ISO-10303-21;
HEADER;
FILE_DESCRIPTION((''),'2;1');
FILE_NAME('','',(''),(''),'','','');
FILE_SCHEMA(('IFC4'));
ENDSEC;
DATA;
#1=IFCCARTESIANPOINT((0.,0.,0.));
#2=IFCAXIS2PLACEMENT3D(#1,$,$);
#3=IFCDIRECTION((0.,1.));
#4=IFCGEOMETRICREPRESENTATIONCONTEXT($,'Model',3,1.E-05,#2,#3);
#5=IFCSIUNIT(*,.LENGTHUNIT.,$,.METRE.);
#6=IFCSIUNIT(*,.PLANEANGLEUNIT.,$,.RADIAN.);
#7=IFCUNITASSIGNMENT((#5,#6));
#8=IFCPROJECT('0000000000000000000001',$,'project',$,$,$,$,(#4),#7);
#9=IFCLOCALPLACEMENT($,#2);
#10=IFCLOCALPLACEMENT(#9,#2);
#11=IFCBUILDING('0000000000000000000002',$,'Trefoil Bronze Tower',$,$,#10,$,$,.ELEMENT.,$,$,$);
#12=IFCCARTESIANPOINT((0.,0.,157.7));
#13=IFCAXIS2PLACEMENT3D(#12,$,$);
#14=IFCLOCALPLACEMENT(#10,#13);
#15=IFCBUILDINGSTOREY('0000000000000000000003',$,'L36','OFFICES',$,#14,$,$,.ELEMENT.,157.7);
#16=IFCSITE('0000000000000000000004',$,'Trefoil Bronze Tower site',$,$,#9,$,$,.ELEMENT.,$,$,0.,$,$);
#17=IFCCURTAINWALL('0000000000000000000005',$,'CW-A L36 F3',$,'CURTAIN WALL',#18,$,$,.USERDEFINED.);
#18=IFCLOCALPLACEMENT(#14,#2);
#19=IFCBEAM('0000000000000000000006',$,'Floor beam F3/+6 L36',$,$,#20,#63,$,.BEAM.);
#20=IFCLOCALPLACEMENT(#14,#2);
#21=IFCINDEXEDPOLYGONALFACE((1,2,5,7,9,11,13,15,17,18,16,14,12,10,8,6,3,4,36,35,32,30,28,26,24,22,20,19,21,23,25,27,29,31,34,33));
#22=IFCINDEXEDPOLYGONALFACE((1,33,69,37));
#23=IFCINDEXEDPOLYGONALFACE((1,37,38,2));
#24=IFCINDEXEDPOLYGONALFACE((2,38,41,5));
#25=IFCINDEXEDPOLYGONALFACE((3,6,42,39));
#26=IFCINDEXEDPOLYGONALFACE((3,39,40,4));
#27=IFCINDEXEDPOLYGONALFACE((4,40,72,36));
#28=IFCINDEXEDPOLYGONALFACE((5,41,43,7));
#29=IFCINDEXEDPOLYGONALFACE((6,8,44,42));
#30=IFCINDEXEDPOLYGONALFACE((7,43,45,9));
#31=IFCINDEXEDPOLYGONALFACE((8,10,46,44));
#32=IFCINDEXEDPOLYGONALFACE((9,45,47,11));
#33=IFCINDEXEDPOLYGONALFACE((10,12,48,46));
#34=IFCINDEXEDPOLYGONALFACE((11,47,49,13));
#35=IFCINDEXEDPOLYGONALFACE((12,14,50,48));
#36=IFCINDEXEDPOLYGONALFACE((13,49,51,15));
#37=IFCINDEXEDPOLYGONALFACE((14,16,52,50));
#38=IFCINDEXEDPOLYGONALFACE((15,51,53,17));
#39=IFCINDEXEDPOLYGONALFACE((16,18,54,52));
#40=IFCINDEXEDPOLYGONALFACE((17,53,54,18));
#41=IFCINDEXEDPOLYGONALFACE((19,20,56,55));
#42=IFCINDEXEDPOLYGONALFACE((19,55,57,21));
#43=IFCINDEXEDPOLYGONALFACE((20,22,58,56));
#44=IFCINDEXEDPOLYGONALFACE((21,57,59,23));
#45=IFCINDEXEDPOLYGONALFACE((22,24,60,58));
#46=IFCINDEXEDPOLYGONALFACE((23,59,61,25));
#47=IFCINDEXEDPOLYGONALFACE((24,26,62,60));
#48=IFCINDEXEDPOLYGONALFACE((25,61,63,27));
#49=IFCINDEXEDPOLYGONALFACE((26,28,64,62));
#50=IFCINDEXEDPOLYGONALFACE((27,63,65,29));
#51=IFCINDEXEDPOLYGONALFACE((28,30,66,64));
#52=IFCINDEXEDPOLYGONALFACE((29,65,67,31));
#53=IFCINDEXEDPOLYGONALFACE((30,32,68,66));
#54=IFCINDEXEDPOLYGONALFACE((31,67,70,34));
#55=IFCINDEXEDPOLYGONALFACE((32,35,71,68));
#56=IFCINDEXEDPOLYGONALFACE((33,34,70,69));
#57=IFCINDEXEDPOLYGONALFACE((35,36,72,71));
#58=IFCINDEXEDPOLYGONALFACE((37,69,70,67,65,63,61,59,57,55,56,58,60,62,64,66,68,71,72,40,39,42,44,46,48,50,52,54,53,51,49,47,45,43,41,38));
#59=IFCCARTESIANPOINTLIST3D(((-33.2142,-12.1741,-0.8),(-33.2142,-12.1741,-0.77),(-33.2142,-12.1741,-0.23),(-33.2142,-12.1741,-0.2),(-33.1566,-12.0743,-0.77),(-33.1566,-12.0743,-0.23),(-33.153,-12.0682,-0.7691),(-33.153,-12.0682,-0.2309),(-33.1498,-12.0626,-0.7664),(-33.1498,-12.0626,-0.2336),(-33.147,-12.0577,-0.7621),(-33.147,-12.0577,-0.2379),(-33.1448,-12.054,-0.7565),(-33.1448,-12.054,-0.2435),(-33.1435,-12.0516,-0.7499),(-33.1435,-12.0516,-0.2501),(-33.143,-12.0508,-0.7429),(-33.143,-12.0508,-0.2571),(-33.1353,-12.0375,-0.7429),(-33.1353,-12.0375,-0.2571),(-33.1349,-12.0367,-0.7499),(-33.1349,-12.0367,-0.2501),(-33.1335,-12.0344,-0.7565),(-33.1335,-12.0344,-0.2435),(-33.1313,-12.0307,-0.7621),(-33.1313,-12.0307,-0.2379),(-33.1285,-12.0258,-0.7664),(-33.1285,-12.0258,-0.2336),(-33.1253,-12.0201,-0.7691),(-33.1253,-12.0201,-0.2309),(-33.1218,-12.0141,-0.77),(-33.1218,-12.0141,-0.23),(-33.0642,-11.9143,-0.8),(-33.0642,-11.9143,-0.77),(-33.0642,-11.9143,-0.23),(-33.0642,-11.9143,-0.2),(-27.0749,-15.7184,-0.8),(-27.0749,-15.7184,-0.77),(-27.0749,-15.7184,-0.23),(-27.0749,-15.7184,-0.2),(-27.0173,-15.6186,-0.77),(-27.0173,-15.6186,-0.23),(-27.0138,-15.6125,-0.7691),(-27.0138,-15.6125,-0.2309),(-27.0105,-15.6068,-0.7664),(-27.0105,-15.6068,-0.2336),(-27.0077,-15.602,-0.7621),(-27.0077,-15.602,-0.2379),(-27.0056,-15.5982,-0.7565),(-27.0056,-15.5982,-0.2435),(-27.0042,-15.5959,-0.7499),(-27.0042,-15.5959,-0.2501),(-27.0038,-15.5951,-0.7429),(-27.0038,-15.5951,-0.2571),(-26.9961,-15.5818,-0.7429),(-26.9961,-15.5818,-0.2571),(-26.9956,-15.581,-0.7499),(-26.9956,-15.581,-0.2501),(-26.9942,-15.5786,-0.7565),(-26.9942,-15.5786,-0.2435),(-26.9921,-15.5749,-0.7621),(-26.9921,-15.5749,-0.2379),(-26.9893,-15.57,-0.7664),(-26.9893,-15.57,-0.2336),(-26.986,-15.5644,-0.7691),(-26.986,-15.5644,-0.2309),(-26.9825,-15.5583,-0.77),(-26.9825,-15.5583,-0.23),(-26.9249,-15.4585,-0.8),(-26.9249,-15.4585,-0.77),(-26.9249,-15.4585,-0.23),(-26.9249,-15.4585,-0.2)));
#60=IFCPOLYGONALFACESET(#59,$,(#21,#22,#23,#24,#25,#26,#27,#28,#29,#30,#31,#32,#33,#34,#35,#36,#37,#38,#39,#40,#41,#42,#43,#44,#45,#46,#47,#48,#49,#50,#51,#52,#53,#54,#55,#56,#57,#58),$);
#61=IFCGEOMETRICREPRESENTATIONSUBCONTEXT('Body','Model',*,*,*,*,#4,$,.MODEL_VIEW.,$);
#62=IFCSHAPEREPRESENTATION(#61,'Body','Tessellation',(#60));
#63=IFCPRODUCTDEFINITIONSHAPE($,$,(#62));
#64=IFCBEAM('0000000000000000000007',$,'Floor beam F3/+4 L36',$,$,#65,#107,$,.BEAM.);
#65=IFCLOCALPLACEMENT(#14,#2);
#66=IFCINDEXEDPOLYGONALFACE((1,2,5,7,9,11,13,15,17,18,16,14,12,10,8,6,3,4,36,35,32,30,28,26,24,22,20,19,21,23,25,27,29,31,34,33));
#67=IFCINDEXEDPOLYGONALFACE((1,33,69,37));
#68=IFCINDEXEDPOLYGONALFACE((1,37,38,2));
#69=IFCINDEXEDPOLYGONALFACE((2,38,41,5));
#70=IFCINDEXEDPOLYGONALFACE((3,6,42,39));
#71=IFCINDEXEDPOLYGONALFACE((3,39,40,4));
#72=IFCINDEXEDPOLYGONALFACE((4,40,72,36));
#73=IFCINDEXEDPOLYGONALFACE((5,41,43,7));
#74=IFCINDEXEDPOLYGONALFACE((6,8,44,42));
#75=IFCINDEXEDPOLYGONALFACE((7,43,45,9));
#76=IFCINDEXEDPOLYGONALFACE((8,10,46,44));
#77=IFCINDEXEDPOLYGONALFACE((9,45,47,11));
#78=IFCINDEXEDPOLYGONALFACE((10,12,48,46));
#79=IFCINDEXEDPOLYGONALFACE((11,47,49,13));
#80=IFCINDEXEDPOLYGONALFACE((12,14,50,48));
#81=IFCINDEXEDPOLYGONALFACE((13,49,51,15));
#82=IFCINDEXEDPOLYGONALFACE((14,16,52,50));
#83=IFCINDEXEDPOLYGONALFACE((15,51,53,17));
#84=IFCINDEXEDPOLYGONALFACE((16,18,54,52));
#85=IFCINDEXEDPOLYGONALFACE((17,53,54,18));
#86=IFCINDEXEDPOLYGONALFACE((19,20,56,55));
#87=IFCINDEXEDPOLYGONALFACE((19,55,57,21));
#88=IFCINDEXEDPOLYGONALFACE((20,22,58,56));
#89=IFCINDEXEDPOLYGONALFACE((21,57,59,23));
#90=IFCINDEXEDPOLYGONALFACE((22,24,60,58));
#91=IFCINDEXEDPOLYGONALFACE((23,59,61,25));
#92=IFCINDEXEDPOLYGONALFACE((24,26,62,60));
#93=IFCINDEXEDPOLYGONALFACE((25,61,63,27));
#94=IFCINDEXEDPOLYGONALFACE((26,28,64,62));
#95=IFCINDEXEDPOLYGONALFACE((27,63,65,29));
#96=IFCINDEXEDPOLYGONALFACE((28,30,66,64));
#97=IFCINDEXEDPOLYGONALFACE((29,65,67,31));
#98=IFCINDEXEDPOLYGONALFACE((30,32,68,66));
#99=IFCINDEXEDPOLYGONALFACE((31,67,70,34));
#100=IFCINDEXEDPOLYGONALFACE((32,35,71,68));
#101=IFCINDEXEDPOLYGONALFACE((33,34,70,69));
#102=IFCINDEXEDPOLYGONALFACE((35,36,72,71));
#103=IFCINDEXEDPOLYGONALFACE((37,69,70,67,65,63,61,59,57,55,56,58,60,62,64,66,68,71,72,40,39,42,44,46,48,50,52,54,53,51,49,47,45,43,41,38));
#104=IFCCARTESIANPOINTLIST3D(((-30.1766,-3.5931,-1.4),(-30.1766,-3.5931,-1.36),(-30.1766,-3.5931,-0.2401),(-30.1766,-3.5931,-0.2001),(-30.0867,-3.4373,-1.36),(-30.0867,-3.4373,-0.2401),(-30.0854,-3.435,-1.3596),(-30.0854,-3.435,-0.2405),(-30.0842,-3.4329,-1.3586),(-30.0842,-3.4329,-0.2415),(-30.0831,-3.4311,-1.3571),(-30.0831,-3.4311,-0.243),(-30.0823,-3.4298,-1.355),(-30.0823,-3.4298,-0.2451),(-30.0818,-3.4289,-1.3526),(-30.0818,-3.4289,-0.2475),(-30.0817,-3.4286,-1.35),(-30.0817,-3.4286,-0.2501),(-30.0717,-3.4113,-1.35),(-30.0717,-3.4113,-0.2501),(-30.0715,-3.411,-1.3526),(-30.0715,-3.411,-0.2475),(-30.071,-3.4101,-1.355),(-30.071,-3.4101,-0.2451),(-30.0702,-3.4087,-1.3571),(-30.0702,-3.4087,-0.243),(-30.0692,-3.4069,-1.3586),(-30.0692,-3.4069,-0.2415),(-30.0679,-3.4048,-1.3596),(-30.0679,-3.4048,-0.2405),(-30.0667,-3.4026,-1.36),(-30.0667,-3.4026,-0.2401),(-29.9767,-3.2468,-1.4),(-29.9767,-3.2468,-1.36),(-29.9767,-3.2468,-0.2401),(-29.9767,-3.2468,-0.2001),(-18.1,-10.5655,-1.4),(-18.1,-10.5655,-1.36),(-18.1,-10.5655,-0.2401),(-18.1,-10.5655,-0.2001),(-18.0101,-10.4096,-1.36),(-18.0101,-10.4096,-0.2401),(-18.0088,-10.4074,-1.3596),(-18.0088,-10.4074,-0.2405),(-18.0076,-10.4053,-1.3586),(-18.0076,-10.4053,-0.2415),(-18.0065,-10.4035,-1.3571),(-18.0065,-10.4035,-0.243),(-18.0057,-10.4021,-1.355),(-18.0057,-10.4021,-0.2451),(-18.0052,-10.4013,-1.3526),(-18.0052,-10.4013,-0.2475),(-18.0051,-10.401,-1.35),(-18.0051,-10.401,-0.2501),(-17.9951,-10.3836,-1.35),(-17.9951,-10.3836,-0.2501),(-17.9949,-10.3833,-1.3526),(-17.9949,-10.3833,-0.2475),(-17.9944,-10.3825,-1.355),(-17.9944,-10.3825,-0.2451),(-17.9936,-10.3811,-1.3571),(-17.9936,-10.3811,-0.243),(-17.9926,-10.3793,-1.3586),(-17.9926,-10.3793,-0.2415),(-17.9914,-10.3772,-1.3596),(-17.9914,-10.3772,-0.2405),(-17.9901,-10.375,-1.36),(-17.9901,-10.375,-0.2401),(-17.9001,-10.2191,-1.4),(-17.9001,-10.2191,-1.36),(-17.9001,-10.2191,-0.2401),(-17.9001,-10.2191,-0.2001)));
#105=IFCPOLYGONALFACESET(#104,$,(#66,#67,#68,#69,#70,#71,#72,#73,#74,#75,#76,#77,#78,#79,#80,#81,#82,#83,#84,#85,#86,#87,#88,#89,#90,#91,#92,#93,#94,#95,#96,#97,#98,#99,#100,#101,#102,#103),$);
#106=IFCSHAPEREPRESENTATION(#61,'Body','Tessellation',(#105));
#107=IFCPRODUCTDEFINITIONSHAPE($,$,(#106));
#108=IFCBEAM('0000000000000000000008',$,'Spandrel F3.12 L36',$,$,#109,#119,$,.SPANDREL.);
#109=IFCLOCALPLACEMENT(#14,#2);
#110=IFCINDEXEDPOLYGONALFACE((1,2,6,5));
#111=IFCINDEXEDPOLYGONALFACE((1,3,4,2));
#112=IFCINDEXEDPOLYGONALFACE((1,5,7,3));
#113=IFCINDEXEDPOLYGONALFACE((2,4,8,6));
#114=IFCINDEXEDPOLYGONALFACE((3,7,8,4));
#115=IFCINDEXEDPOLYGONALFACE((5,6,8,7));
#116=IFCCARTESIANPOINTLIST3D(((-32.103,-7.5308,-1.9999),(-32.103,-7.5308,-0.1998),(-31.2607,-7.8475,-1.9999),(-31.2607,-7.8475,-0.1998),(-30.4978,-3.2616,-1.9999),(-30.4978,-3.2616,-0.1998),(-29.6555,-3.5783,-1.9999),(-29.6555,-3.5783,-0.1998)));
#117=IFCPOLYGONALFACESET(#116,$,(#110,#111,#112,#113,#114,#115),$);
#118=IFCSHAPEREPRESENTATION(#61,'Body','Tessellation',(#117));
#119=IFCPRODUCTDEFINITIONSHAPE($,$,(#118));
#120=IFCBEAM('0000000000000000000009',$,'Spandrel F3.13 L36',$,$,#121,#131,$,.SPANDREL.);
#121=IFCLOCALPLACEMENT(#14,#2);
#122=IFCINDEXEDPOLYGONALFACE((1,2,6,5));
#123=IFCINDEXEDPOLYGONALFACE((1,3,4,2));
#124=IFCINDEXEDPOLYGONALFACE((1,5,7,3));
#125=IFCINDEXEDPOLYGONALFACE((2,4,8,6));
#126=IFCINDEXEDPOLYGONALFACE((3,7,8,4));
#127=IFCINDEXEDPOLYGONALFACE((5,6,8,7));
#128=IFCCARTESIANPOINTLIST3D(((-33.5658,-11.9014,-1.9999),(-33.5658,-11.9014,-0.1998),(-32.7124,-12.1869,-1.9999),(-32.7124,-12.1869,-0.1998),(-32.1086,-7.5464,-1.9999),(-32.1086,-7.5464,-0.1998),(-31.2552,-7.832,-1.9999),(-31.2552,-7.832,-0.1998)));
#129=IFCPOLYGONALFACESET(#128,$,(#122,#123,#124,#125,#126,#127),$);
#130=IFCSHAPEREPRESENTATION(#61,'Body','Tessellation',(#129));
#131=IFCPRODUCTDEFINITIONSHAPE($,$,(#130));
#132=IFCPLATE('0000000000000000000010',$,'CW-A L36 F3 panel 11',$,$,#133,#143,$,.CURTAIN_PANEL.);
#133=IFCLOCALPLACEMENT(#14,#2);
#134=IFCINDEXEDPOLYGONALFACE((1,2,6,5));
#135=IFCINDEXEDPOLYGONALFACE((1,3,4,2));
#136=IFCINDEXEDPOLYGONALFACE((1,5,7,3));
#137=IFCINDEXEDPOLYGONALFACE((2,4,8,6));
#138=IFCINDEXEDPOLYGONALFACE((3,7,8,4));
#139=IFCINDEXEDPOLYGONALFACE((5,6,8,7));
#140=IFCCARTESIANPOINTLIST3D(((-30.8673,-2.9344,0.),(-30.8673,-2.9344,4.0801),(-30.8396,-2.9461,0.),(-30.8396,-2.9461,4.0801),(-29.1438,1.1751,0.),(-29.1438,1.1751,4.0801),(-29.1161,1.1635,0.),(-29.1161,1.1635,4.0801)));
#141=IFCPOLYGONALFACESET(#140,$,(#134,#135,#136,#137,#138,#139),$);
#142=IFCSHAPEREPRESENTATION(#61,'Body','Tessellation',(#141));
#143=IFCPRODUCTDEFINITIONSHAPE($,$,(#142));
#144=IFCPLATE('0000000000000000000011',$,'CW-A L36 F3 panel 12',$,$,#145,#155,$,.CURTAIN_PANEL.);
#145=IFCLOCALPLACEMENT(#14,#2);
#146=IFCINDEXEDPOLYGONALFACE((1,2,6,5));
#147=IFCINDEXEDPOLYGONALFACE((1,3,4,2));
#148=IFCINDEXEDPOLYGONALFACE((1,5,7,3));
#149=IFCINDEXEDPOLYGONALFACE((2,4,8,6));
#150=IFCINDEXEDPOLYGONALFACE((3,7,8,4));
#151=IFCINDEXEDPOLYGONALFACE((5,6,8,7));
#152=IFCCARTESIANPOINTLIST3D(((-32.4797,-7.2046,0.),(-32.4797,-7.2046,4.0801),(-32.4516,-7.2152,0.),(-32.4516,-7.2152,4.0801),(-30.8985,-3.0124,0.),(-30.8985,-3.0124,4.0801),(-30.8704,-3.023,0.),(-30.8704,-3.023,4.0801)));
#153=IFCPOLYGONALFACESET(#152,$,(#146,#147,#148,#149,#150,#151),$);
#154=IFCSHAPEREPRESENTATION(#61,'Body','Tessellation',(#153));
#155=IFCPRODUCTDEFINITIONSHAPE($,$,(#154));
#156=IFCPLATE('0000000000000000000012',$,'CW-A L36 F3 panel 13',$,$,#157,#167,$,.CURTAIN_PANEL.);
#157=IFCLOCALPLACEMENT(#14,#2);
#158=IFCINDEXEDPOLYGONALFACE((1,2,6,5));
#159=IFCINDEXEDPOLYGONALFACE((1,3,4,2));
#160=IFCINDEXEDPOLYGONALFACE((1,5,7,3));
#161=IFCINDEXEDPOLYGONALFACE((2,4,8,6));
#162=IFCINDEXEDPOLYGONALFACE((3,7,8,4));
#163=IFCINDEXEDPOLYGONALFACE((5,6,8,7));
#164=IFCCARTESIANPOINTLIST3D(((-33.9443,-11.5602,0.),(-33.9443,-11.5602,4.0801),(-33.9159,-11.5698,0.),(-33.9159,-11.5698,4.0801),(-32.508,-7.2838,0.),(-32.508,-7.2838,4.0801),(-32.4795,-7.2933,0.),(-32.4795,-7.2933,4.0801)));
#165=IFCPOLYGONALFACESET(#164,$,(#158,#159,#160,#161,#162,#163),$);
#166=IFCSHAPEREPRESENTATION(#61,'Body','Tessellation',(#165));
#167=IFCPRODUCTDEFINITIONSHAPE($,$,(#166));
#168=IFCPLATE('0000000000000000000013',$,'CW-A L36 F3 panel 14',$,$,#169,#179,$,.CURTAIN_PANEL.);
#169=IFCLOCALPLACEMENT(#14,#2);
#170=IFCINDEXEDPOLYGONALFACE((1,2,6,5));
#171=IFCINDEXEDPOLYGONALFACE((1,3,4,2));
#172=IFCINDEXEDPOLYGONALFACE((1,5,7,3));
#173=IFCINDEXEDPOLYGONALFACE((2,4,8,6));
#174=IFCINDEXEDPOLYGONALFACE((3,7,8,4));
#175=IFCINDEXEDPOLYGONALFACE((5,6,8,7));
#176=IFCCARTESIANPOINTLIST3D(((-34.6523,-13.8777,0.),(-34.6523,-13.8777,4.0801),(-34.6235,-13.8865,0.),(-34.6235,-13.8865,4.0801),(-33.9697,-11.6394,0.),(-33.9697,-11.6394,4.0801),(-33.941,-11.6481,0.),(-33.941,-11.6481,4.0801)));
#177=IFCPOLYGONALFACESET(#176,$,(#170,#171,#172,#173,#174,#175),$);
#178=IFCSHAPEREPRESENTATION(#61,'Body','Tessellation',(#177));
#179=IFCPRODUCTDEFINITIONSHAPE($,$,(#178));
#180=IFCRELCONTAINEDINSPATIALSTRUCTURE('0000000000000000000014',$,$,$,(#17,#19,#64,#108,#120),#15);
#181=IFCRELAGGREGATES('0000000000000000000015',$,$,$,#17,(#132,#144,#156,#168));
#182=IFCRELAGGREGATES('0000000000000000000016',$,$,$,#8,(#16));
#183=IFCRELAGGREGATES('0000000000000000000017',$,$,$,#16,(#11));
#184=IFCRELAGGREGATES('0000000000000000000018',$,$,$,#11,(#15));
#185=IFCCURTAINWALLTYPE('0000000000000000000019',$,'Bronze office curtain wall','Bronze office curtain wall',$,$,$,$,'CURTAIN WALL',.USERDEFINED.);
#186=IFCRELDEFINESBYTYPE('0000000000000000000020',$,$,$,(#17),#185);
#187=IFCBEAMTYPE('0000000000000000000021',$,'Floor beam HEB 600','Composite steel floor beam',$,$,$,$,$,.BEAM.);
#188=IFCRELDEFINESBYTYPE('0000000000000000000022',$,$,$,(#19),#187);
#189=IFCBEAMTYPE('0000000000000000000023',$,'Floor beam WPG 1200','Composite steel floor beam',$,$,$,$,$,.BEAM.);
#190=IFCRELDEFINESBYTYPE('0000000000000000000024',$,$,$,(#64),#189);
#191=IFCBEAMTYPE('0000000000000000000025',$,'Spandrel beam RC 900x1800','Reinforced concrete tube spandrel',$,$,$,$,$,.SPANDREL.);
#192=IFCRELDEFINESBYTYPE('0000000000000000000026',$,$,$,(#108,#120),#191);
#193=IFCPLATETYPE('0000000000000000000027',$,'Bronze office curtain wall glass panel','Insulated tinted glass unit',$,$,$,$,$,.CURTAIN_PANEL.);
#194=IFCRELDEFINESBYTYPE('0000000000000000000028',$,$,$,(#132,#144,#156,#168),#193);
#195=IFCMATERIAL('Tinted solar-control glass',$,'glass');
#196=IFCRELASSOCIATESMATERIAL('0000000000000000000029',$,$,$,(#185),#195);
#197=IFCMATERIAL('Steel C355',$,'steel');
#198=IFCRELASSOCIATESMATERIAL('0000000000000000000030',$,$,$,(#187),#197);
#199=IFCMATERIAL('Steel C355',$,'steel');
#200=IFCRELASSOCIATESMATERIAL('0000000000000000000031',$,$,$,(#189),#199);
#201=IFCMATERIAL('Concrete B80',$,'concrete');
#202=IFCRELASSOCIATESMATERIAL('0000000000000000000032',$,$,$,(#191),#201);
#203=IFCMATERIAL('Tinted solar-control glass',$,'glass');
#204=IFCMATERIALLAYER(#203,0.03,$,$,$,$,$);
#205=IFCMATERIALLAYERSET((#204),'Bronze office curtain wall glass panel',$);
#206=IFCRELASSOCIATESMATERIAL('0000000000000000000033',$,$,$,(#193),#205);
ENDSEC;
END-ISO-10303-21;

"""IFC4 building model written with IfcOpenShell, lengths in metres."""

from ifc_helpers import new_model, si_unit, direction, frame, origin, origin_2d, place, context, subcontext, project, spatial, rectangle, i_section, extrude, material, layer, layer_set, material_profile, profile_set, type_object, element, aggregate, save


model = new_model("IFC4")

# Units and contexts
model_context = context("Model", 3, precision=1e-05, world=origin(), true_north=direction((0.0, 1.0)))
body_context = subcontext(model_context, "Body", "Model", "MODEL_VIEW")
ifc_project = project(units=[si_unit("LENGTHUNIT", "METRE"), si_unit("PLANEANGLEUNIT", "RADIAN")], contexts=[model_context])

# Site, building, storey
site_placement = place(None, origin())
site = spatial("IfcSite", under=ifc_project, at=site_placement, Name="Trefoil Bronze Tower site", CompositionType="ELEMENT", RefElevation=0.0)
building_placement = place(site_placement, origin())
building = spatial("IfcBuilding", under=site, at=building_placement, Name="Trefoil Bronze Tower", CompositionType="ELEMENT")
storey_placement = place(building_placement, frame((0.0, 0.0, 157.7)))
storey = spatial("IfcBuildingStorey", under=building, at=storey_placement, Name="L36", Description="OFFICES", CompositionType="ELEMENT", Elevation=157.7)

# Curtain wall
ifc_material_1 = material(Name="Tinted solar-control glass", Category="glass")
curtain_wall_type_1 = type_object("IfcCurtainWallType", Name="Bronze office curtain wall", Description="Bronze office curtain wall", ElementType="CURTAIN WALL", PredefinedType="USERDEFINED", material=ifc_material_1)
curtain_wall_1_placement = place(storey_placement, origin())
curtain_wall_1 = element("IfcCurtainWall", 1, at=curtain_wall_1_placement, inside=storey, type_object=curtain_wall_type_1, Name="CW-A L36 F3", ObjectType="CURTAIN WALL", PredefinedType="USERDEFINED")

# Beams
ifc_material_2 = material(Name="Steel C355", Category="steel")
ifc_material_profile_1 = material_profile(ifc_material_2, i_section(OverallWidth=0.3, OverallDepth=0.6001, WebThickness=0.0154, FlangeThickness=0.03, FilletRadius=0.0271, at=origin_2d()), Name="HEB 600")
ifc_profile_set_1 = profile_set([ifc_material_profile_1], Name="Steel C355")
beam_type_1 = type_object("IfcBeamType", Name="Floor beam HEB 600", Description="Composite steel floor beam", PredefinedType="BEAM", material=ifc_profile_set_1)
beam_1_placement = place(storey_placement, frame((-33.1392, -12.0442, -0.5), z_axis=(0.866041, -0.499973, 0.0), x_axis=(0.499973, 0.866041, 0.0)))
element("IfcBeam", 2, at=beam_1_placement, inside=storey, type_object=beam_type_1, Name="Floor beam F3/+6 L36", PredefinedType="BEAM", context=body_context, shape_type="SweptSolid", body=[
    extrude(i_section(OverallWidth=0.3, OverallDepth=0.6001, WebThickness=0.0154, FlangeThickness=0.03, FilletRadius=0.0271, at=origin_2d()), origin(), (0.0, 0.0, 1.0), 7.0889),
])
ifc_material_3 = material(Name="Steel C355", Category="steel")
ifc_material_profile_2 = material_profile(ifc_material_3, i_section(OverallWidth=0.3999, OverallDepth=1.2, WebThickness=0.02, FlangeThickness=0.04, FilletRadius=0.01, at=origin_2d()), Name="WPG 1200")
ifc_profile_set_2 = profile_set([ifc_material_profile_2], Name="Steel C355")
beam_type_2 = type_object("IfcBeamType", Name="Floor beam WPG 1200", Description="Composite steel floor beam", PredefinedType="BEAM", material=ifc_profile_set_2)
beam_2_placement = place(storey_placement, frame((-30.0767, -3.4199, -0.8), z_axis=(0.866027, -0.499997, 0.0), x_axis=(0.499997, 0.866027, 0.0)))
element("IfcBeam", 3, at=beam_2_placement, inside=storey, type_object=beam_type_2, Name="Floor beam F3/+4 L36", PredefinedType="BEAM", context=body_context, shape_type="SweptSolid", body=[
    extrude(i_section(OverallWidth=0.3999, OverallDepth=1.2, WebThickness=0.02, FlangeThickness=0.04, FilletRadius=0.01, at=origin_2d()), origin(), (0.0, 0.0, 1.0), 13.9448),
])
ifc_material_4 = material(Name="Concrete B80", Category="concrete")
ifc_material_profile_3 = material_profile(ifc_material_4, rectangle(XDim=0.8999, YDim=1.8, at=origin_2d()), Name="RC 900x1800")
ifc_profile_set_3 = profile_set([ifc_material_profile_3], Name="Concrete B80")
beam_type_3 = type_object("IfcBeamType", Name="Spandrel beam RC 900x1800", Description="Reinforced concrete tube spandrel", PredefinedType="SPANDREL", material=ifc_profile_set_3)
beam_3_placement = place(storey_placement, frame((-30.0767, -3.4199, -1.0999), z_axis=(-0.351939, -0.936023, 0.0), x_axis=(0.936023, -0.351939, 0.0)))
element("IfcBeam", 4, at=beam_3_placement, inside=storey, type_object=beam_type_3, Name="Spandrel F3.12 L36", PredefinedType="SPANDREL", context=body_context, shape_type="SweptSolid", body=[
    extrude(rectangle(XDim=0.8999, YDim=1.8, at=origin_2d()), origin(), (0.0, 0.0, 1.0), 4.561),
])
beam_4_placement = place(storey_placement, frame((-31.6819, -7.6892, -1.0999), z_axis=(-0.317328, -0.948316, 0.0), x_axis=(0.948316, -0.317328, 0.0)))
element("IfcBeam", 5, at=beam_4_placement, inside=storey, type_object=beam_type_3, Name="Spandrel F3.13 L36", PredefinedType="SPANDREL", context=body_context, shape_type="SweptSolid", body=[
    extrude(rectangle(XDim=0.8999, YDim=1.8, at=origin_2d()), origin(), (0.0, 0.0, 1.0), 4.5923),
])

# Plates
ifc_material_5 = material(Name="Tinted solar-control glass", Category="glass")
ifc_layer_1 = layer(ifc_material_5, 0.03)
ifc_layer_set_1 = layer_set([ifc_layer_1], Name="Bronze office curtain wall glass panel")
plate_type_1 = type_object("IfcPlateType", Name="Bronze office curtain wall glass panel", Description="Insulated tinted glass unit", PredefinedType="CURTAIN_PANEL", material=ifc_layer_set_1)
plate_1_placement = place(storey_placement, frame((-29.9917, -0.8855, 0.0), z_axis=(0.0, 0.0, 1.0), x_axis=(-0.386759, -0.922181, 0.0)))
plate_1 = element("IfcPlate", 6, at=plate_1_placement, type_object=plate_type_1, Name="CW-A L36 F3 panel 11", PredefinedType="CURTAIN_PANEL", context=body_context, shape_type="SweptSolid", body=[
    extrude(rectangle(XDim=4.4563, YDim=0.03, at=origin_2d()), origin(), (0.0, 0.0, 1.0), 4.0801),
])
plate_2_placement = place(storey_placement, frame((-31.675, -5.1138, 0.0), z_axis=(0.0, 0.0, 1.0), x_axis=(-0.35292, -0.935654, 0.0)))
plate_2 = element("IfcPlate", 7, at=plate_2_placement, type_object=plate_type_1, Name="CW-A L36 F3 panel 12", PredefinedType="CURTAIN_PANEL", context=body_context, shape_type="SweptSolid", body=[
    extrude(rectangle(XDim=4.4805, YDim=0.03, at=origin_2d()), origin(), (0.0, 0.0, 1.0), 4.0801),
])
plate_3_placement = place(storey_placement, frame((-33.2119, -9.4268, 0.0), z_axis=(0.0, 0.0, 1.0), x_axis=(-0.318404, -0.947955, 0.0)))
plate_3 = element("IfcPlate", 8, at=plate_3_placement, type_object=plate_type_1, Name="CW-A L36 F3 panel 13", PredefinedType="CURTAIN_PANEL", context=body_context, shape_type="SweptSolid", body=[
    extrude(rectangle(XDim=4.5112, YDim=0.03, at=origin_2d()), origin(), (0.0, 0.0, 1.0), 4.0801),
])
plate_4_placement = place(storey_placement, frame((-34.2966, -12.7629, 0.0), z_axis=(0.0, 0.0, 1.0), x_axis=(-0.291669, -0.956519, 0.0)))
plate_4 = element("IfcPlate", 9, at=plate_4_placement, type_object=plate_type_1, Name="CW-A L36 F3 panel 14", PredefinedType="CURTAIN_PANEL", context=body_context, shape_type="SweptSolid", body=[
    extrude(rectangle(XDim=2.3401, YDim=0.03, at=origin_2d()), origin(), (0.0, 0.0, 1.0), 4.0801),
])
aggregate(curtain_wall_1, [plate_1, plate_2, plate_3, plate_4])

save(model, "model.ifc")
